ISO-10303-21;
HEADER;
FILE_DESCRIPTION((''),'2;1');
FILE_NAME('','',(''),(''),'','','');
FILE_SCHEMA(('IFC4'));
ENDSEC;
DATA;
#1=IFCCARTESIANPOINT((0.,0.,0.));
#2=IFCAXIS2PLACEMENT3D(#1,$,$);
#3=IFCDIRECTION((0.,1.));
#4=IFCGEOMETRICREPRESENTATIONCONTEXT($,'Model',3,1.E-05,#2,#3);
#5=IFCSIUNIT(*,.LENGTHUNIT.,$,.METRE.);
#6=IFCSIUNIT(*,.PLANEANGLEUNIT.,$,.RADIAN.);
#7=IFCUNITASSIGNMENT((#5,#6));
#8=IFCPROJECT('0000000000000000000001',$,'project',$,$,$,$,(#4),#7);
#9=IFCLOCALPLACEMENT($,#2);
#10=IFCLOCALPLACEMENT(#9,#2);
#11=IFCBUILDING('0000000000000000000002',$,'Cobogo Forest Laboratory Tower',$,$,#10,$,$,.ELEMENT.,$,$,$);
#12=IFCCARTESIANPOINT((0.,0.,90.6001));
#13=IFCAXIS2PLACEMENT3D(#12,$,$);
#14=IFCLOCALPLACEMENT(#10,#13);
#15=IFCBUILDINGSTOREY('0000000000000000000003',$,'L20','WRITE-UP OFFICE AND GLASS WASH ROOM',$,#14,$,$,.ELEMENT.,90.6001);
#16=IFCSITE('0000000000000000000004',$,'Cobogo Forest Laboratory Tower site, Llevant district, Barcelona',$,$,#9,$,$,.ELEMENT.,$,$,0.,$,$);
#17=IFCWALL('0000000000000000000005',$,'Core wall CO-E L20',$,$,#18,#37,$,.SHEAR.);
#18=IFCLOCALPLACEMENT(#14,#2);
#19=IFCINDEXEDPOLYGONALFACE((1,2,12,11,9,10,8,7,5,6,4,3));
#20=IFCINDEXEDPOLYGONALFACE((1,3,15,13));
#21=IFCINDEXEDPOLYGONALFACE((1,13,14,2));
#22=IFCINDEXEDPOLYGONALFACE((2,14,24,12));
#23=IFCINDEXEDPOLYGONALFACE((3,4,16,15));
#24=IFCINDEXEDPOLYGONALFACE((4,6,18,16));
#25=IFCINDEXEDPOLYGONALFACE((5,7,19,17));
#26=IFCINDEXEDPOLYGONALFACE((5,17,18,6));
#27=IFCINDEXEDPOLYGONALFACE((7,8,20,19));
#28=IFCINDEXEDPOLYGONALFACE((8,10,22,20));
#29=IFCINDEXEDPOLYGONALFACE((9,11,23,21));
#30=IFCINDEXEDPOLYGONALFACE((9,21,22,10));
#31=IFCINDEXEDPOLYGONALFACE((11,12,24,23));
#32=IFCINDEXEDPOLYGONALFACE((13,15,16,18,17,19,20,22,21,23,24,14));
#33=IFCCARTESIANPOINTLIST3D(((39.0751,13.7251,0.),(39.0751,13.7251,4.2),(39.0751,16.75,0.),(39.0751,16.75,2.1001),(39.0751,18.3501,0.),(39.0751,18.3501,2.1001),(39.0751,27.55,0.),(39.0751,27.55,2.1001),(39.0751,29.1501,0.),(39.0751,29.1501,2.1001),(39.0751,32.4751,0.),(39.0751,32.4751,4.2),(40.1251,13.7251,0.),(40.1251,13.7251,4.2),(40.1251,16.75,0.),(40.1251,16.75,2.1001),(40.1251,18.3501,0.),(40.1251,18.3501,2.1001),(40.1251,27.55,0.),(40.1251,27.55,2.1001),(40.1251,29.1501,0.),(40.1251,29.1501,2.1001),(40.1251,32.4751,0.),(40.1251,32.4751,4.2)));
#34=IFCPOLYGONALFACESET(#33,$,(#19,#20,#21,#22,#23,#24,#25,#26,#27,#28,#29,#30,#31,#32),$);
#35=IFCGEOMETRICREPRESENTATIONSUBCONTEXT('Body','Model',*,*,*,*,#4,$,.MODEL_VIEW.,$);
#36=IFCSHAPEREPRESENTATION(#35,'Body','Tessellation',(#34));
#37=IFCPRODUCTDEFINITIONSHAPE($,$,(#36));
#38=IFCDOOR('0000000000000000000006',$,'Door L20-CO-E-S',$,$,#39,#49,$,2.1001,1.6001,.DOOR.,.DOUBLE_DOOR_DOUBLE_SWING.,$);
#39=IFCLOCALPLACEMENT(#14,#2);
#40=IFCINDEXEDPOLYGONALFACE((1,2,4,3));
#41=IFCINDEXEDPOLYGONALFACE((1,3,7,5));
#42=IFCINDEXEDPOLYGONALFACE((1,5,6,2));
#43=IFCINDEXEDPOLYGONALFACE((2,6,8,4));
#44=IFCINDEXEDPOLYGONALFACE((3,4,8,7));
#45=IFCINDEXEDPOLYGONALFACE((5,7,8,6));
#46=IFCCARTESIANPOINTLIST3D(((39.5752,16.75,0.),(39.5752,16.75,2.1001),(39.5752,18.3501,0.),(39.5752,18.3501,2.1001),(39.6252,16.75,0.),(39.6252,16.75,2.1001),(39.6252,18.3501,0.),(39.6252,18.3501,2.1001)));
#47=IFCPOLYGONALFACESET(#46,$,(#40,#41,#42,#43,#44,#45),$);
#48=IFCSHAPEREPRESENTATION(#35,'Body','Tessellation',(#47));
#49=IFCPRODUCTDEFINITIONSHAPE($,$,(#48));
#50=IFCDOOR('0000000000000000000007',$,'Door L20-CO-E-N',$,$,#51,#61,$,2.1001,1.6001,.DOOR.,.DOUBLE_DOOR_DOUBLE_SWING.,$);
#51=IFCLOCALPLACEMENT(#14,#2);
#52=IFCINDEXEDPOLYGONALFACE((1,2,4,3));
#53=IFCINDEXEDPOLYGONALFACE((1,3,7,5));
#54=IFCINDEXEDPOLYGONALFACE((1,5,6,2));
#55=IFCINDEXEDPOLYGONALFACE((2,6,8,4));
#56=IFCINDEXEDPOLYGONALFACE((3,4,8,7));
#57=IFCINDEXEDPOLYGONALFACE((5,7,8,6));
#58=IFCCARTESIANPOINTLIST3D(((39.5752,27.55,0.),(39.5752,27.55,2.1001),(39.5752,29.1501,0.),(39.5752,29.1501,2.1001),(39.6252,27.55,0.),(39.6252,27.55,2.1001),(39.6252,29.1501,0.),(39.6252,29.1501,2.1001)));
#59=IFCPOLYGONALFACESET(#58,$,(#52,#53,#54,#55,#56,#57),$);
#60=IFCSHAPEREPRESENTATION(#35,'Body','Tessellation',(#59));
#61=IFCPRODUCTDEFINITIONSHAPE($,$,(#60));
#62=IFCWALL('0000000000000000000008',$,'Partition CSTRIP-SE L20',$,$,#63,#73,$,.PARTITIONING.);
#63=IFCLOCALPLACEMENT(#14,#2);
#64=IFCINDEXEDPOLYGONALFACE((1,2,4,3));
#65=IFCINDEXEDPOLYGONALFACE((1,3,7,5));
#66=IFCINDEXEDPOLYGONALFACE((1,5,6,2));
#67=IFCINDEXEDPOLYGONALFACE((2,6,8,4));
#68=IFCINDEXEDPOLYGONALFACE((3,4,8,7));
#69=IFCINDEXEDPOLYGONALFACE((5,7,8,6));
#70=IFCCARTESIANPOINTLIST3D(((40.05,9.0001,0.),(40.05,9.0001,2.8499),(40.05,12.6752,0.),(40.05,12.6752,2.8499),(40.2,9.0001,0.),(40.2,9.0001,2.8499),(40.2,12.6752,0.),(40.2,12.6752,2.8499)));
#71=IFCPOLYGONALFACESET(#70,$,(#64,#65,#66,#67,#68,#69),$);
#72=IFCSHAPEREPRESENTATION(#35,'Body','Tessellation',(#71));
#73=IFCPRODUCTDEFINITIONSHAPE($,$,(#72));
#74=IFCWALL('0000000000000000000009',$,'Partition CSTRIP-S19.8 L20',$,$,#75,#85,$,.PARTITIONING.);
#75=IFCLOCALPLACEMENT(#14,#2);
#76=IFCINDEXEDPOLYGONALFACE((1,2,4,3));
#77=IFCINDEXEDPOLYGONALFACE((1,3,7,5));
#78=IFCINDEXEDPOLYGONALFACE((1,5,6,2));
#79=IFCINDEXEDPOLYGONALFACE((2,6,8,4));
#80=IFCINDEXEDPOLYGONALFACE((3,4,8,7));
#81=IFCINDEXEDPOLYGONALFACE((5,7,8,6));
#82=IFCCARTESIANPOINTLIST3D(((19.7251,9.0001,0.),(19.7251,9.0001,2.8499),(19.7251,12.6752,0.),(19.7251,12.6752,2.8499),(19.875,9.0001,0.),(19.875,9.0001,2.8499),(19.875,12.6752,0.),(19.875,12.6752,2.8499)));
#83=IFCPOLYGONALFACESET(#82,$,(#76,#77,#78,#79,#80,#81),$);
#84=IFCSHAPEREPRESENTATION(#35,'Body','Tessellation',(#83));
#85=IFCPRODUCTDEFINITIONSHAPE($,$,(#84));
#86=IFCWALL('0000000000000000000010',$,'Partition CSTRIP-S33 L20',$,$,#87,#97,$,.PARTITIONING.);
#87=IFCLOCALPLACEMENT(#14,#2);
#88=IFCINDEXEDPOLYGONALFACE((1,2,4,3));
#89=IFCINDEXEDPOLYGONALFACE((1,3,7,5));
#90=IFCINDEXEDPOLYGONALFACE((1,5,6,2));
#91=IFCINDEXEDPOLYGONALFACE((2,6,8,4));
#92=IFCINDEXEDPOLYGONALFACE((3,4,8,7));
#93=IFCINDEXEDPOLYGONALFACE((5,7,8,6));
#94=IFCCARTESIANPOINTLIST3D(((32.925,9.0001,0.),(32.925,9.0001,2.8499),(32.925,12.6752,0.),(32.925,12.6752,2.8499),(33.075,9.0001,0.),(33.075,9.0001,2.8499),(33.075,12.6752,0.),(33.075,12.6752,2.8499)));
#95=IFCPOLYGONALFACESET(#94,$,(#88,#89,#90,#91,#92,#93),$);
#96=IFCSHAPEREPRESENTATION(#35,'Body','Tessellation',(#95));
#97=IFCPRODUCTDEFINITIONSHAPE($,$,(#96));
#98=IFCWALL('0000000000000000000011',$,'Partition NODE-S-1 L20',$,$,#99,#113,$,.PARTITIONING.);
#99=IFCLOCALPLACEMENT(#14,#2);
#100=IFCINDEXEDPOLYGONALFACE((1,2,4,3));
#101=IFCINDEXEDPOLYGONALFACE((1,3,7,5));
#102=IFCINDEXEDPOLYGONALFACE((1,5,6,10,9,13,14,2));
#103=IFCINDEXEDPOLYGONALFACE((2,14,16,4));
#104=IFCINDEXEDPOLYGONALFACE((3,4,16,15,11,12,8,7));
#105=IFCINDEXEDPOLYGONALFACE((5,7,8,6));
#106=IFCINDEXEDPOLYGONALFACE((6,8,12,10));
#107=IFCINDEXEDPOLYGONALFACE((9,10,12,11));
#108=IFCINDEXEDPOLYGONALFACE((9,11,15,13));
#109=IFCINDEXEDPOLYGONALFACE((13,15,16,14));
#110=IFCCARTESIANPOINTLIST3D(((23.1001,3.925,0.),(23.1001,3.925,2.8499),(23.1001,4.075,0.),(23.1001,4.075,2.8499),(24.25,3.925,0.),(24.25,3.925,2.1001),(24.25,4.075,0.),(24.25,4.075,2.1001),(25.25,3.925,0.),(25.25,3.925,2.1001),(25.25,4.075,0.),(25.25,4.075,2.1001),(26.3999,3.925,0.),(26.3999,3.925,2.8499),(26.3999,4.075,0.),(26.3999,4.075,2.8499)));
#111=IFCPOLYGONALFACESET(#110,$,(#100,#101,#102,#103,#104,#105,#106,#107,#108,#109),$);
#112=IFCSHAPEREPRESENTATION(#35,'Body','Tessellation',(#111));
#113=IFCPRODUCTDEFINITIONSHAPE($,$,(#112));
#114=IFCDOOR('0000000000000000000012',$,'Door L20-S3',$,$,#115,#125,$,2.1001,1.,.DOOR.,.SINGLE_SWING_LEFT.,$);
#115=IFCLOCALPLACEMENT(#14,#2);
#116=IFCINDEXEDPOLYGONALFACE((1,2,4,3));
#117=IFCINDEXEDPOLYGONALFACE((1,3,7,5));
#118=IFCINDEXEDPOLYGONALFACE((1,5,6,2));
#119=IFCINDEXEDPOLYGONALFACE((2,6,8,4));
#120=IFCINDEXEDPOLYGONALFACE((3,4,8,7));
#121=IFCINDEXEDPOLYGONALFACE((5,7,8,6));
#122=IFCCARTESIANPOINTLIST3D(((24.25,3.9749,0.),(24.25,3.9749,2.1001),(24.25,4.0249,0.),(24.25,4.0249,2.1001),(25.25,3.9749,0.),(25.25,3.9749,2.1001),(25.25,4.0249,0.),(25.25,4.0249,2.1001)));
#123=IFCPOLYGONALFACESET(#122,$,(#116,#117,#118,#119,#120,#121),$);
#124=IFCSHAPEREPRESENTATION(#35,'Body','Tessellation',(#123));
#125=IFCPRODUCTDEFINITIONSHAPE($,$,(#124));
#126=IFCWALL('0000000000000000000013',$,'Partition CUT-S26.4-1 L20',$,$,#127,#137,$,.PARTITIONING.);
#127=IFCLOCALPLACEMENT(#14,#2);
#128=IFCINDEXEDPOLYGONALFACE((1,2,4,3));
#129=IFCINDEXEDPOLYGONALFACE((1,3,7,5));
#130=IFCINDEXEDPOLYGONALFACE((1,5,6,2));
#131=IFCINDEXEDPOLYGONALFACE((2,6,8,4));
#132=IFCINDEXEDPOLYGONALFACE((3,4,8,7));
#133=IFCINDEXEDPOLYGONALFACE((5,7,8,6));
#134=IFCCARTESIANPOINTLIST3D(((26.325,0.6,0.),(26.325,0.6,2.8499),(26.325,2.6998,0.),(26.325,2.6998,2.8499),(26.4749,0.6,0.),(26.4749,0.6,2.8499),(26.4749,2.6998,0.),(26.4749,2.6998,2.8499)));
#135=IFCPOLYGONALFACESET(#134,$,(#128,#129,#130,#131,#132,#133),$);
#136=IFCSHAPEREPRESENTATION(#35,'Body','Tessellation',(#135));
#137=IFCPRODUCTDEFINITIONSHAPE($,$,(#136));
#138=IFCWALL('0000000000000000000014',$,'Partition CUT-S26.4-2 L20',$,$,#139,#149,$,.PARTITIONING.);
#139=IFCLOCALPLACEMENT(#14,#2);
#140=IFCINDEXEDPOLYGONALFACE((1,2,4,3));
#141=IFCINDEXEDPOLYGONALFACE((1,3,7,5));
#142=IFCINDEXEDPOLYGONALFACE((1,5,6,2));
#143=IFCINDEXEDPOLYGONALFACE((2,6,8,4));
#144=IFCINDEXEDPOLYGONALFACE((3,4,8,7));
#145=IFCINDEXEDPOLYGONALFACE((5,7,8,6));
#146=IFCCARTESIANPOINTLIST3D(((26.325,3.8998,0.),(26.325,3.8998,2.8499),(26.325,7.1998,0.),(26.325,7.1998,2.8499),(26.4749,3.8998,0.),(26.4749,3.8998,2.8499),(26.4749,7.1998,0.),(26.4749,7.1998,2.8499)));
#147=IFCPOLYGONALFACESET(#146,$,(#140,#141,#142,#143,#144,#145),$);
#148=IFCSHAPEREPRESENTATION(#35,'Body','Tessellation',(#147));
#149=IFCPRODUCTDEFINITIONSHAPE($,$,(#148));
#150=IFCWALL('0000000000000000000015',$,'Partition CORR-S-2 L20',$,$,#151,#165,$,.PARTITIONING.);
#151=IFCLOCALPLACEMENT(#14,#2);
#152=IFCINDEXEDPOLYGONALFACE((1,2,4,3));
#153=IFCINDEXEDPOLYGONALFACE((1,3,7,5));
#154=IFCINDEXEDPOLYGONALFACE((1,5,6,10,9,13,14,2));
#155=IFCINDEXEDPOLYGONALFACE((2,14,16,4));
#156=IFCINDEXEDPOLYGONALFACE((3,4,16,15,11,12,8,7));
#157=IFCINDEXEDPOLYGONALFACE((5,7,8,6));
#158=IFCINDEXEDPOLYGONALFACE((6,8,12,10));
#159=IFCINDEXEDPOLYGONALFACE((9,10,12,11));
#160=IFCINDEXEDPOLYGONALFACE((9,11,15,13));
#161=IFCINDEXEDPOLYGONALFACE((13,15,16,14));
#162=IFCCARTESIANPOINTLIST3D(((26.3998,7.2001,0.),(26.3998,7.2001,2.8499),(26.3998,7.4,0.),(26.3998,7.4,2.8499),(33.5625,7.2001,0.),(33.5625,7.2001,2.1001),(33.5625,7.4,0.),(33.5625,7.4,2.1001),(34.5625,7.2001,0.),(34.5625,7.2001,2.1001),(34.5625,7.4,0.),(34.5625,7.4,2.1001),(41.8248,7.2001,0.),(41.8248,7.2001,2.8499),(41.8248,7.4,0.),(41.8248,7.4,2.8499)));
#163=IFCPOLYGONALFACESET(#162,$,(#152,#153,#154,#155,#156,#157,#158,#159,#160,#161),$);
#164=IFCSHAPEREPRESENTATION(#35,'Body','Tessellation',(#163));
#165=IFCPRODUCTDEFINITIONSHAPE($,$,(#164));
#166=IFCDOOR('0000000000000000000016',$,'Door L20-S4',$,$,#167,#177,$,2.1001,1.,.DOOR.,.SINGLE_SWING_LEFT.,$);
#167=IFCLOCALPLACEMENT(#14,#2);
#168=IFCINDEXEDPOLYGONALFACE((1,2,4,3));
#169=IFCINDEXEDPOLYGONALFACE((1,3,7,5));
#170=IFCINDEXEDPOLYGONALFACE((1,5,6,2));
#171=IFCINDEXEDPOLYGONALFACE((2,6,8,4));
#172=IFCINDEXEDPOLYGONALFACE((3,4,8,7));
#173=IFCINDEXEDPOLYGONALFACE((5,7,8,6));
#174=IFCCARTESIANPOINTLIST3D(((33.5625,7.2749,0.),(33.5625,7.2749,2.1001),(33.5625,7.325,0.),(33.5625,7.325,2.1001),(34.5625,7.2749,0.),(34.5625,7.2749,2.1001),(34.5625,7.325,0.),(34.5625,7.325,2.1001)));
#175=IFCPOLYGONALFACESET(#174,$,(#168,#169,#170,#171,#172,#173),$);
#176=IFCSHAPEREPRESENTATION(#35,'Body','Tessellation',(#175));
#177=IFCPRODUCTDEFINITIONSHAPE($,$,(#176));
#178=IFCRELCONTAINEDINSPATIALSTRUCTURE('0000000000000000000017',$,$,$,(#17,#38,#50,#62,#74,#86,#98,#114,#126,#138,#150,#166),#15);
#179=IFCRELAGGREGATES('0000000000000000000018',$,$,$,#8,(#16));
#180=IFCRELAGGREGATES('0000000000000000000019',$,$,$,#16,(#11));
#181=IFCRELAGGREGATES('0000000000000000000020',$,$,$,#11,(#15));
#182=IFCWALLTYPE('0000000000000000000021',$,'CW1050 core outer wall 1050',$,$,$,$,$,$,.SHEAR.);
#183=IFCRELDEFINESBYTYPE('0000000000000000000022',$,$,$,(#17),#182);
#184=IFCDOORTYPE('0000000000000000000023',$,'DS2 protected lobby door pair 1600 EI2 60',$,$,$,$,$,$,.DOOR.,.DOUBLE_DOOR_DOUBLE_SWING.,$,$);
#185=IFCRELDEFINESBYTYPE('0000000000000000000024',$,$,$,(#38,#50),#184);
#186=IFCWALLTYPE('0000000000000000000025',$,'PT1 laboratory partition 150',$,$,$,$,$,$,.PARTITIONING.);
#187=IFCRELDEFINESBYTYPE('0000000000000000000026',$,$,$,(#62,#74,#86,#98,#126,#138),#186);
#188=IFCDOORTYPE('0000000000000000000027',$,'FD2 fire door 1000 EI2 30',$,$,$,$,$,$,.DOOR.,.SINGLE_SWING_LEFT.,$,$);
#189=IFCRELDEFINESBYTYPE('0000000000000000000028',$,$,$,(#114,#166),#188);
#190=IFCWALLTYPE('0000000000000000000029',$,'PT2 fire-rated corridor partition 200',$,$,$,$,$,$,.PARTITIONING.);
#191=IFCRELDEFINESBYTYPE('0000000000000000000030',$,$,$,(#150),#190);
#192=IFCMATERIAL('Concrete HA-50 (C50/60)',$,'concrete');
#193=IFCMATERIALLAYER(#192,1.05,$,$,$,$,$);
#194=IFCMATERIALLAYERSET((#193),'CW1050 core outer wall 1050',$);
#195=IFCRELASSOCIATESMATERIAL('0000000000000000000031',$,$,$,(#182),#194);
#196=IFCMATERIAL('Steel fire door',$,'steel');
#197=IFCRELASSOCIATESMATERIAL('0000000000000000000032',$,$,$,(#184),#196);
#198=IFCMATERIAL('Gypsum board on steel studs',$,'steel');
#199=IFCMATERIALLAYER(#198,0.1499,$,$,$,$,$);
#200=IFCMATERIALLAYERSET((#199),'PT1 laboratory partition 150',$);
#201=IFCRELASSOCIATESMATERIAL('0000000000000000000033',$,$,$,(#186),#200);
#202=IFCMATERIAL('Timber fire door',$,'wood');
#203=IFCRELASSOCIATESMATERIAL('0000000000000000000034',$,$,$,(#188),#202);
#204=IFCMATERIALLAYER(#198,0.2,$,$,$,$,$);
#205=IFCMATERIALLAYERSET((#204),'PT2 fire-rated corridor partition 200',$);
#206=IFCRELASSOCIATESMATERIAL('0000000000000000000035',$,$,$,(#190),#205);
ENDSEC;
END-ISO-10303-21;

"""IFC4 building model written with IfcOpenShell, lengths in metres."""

from ifc_helpers import new_model, si_unit, direction, frame, frame_2d, origin, place, context, subcontext, project, spatial, rectangle, extrude, material, layer, layer_set, type_object, element, fill, save


model = new_model("IFC4")

# Units and contexts
model_context = context("Model", 3, precision=1e-05, world=origin(), true_north=direction((0.0, 1.0)))
body_context = subcontext(model_context, "Body", "Model", "MODEL_VIEW")
ifc_project = project(units=[si_unit("LENGTHUNIT", "METRE"), si_unit("PLANEANGLEUNIT", "RADIAN")], contexts=[model_context])

# Site, building, storey
site_placement = place(None, origin())
site = spatial("IfcSite", under=ifc_project, at=site_placement, Name="Cobogo Forest Laboratory Tower site, Llevant district, Barcelona", CompositionType="ELEMENT", RefElevation=0.0)
building_placement = place(site_placement, origin())
building = spatial("IfcBuilding", under=site, at=building_placement, Name="Cobogo Forest Laboratory Tower", CompositionType="ELEMENT")
storey_placement = place(building_placement, frame((0.0, 0.0, 90.6001)))
storey = spatial("IfcBuildingStorey", under=building, at=storey_placement, Name="L20", Description="WRITE-UP OFFICE AND GLASS WASH ROOM", CompositionType="ELEMENT", Elevation=90.6001)

# Shared definitions
ifc_material_1 = material(Name="Concrete HA-50 (C50/60)", Category="concrete")

# Wall, openings, doors
ifc_layer_1 = layer(ifc_material_1, 1.05)
ifc_layer_set_1 = layer_set([ifc_layer_1], Name="CW1050 core outer wall 1050")
wall_type_1 = type_object("IfcWallType", Name="CW1050 core outer wall 1050", PredefinedType="SHEAR", material=ifc_layer_set_1)
wall_1_placement = place(storey_placement, frame((39.6001, 13.7251, 0.0), z_axis=(0.0, 0.0, 1.0), x_axis=(0.0, 1.0, 0.0)))
wall_1 = element("IfcWall", 1, at=wall_1_placement, inside=storey, type_object=wall_type_1, Name="Core wall CO-E L20", PredefinedType="SHEAR", context=body_context, shape_type="SweptSolid", body=[
    extrude(rectangle(XDim=18.75, YDim=1.05, at=frame_2d((9.375, 0.0))), origin(), (0.0, 0.0, 1.0), 4.2),
])
opening_1_placement = place(wall_1_placement, frame((3.0249, 0.0, 0.0)))
opening_1 = element("IfcOpeningElement", 2, at=opening_1_placement, cuts=wall_1, PredefinedType="OPENING", context=body_context, shape_type="SweptSolid", body=[
    extrude(rectangle(XDim=1.6001, YDim=2.1001, at=frame_2d((0.8, 1.05))), frame((0.0, 0.5349, 0.0), z_axis=(0.0, -1.0, 0.0), x_axis=(1.0, 0.0, 0.0)), (0.0, 0.0, 1.0), 1.0701),
])
opening_2_placement = place(wall_1_placement, frame((13.825, 0.0, 0.0)))
opening_2 = element("IfcOpeningElement", 3, at=opening_2_placement, cuts=wall_1, PredefinedType="OPENING", context=body_context, shape_type="SweptSolid", body=[
    extrude(rectangle(XDim=1.6001, YDim=2.1001, at=frame_2d((0.8, 1.05))), frame((0.0, 0.5349, 0.0), z_axis=(0.0, -1.0, 0.0), x_axis=(1.0, 0.0, 0.0)), (0.0, 0.0, 1.0), 1.0701),
])
ifc_material_2 = material(Name="Steel fire door", Category="steel")
door_type_1 = type_object("IfcDoorType", Name="DS2 protected lobby door pair 1600 EI2 60", OperationType="DOUBLE_DOOR_DOUBLE_SWING", PredefinedType="DOOR", material=ifc_material_2)
door_1_placement = place(opening_1_placement, origin())
door_1 = element("IfcDoor", 4, at=door_1_placement, inside=storey, type_object=door_type_1, Name="Door L20-CO-E-S", OperationType="DOUBLE_DOOR_DOUBLE_SWING", OverallHeight=2.1001, OverallWidth=1.6001, PredefinedType="DOOR", context=body_context, shape_type="SweptSolid", body=[
    extrude(rectangle(XDim=1.6001, YDim=2.1001, at=frame_2d((0.8, 1.05))), frame((0.0, 0.0249, 0.0), z_axis=(0.0, -1.0, 0.0), x_axis=(1.0, 0.0, 0.0)), (0.0, 0.0, 1.0), 0.05),
])
fill(opening_1, door_1)
door_2_placement = place(opening_2_placement, origin())
door_2 = element("IfcDoor", 5, at=door_2_placement, inside=storey, type_object=door_type_1, Name="Door L20-CO-E-N", OperationType="DOUBLE_DOOR_DOUBLE_SWING", OverallHeight=2.1001, OverallWidth=1.6001, PredefinedType="DOOR", context=body_context, shape_type="SweptSolid", body=[
    extrude(rectangle(XDim=1.6001, YDim=2.1001, at=frame_2d((0.8, 1.05))), frame((0.0, 0.0249, 0.0), z_axis=(0.0, -1.0, 0.0), x_axis=(1.0, 0.0, 0.0)), (0.0, 0.0, 1.0), 0.05),
])
fill(opening_2, door_2)

# Walls
ifc_material_3 = material(Name="Gypsum board on steel studs", Category="steel")
ifc_layer_2 = layer(ifc_material_3, 0.1499)
ifc_layer_set_2 = layer_set([ifc_layer_2], Name="PT1 laboratory partition 150")
wall_type_2 = type_object("IfcWallType", Name="PT1 laboratory partition 150", PredefinedType="PARTITIONING", material=ifc_layer_set_2)
for number, where, z_axis, x_axis, name in (
    (6, (40.125, 12.675, 0.0), (0.0, 0.0, 1.0), (0.0, -1.0, 0.0), "Partition CSTRIP-SE L20"),
    (7, (19.8, 12.675, 0.0), (0.0, 0.0, 1.0), (0.0, -1.0, 0.0), "Partition CSTRIP-S19.8 L20"),
    (8, (33.0, 12.675, 0.0), (0.0, 0.0, 1.0), (0.0, -1.0, 0.0), "Partition CSTRIP-S33 L20"),
):
    element("IfcWall", number, at=place(storey_placement, frame(where, z_axis=z_axis, x_axis=x_axis)), inside=storey, type_object=wall_type_2, Name=name, PredefinedType="PARTITIONING", context=body_context, shape_type="SweptSolid", body=[
        extrude(rectangle(XDim=3.675, YDim=0.1499, at=frame_2d((1.8374, 0.0))), origin(), (0.0, 0.0, 1.0), 2.8499),
    ])

# Wall, opening, door
wall_2_placement = place(storey_placement, frame((23.1001, 4.0, 0.0), z_axis=(0.0, 0.0, 1.0), x_axis=(1.0, 0.0, 0.0)))
wall_2 = element("IfcWall", 9, at=wall_2_placement, inside=storey, type_object=wall_type_2, Name="Partition NODE-S-1 L20", PredefinedType="PARTITIONING", context=body_context, shape_type="SweptSolid", body=[
    extrude(rectangle(XDim=3.2998, YDim=0.1499, at=frame_2d((1.6499, 0.0))), origin(), (0.0, 0.0, 1.0), 2.8499),
])
opening_3_placement = place(wall_2_placement, frame((1.1499, 0.0, 0.0)))
opening_3 = element("IfcOpeningElement", 10, at=opening_3_placement, cuts=wall_2, PredefinedType="OPENING", context=body_context, shape_type="SweptSolid", body=[
    extrude(rectangle(XDim=1.0, YDim=2.1001, at=frame_2d((0.5, 1.05))), frame((0.0, 0.085, 0.0), z_axis=(0.0, -1.0, 0.0), x_axis=(1.0, 0.0, 0.0)), (0.0, 0.0, 1.0), 0.1699),
])
ifc_material_4 = material(Name="Timber fire door", Category="wood")
door_type_2 = type_object("IfcDoorType", Name="FD2 fire door 1000 EI2 30", OperationType="SINGLE_SWING_LEFT", PredefinedType="DOOR", material=ifc_material_4)
door_3_placement = place(opening_3_placement, origin())
door_3 = element("IfcDoor", 11, at=door_3_placement, inside=storey, type_object=door_type_2, Name="Door L20-S3", OperationType="SINGLE_SWING_LEFT", OverallHeight=2.1001, OverallWidth=1.0, PredefinedType="DOOR", context=body_context, shape_type="SweptSolid", body=[
    extrude(rectangle(XDim=1.0, YDim=2.1001, at=frame_2d((0.5, 1.05))), frame((0.0, 0.0249, 0.0), z_axis=(0.0, -1.0, 0.0), x_axis=(1.0, 0.0, 0.0)), (0.0, 0.0, 1.0), 0.05),
])
fill(opening_3, door_3)

# Walls
wall_3_placement = place(storey_placement, frame((26.3999, 0.6001, 0.0), z_axis=(0.0, 0.0, 1.0), x_axis=(0.0, 1.0, 0.0)))
element("IfcWall", 12, at=wall_3_placement, inside=storey, type_object=wall_type_2, Name="Partition CUT-S26.4-1 L20", PredefinedType="PARTITIONING", context=body_context, shape_type="SweptSolid", body=[
    extrude(rectangle(XDim=2.0999, YDim=0.1499, at=frame_2d((1.0498, 0.0))), origin(), (0.0, 0.0, 1.0), 2.8499),
])
wall_4_placement = place(storey_placement, frame((26.3999, 3.8999, 0.0), z_axis=(0.0, 0.0, 1.0), x_axis=(0.0, 1.0, 0.0)))
element("IfcWall", 13, at=wall_4_placement, inside=storey, type_object=wall_type_2, Name="Partition CUT-S26.4-2 L20", PredefinedType="PARTITIONING", context=body_context, shape_type="SweptSolid", body=[
    extrude(rectangle(XDim=3.3, YDim=0.1499, at=frame_2d((1.6499, 0.0))), origin(), (0.0, 0.0, 1.0), 2.8499),
])

# Wall, opening, door
ifc_layer_3 = layer(ifc_material_3, 0.2)
ifc_layer_set_3 = layer_set([ifc_layer_3], Name="PT2 fire-rated corridor partition 200")
wall_type_3 = type_object("IfcWallType", Name="PT2 fire-rated corridor partition 200", PredefinedType="PARTITIONING", material=ifc_layer_set_3)
wall_5_placement = place(storey_placement, frame((26.3999, 7.3, 0.0), z_axis=(0.0, 0.0, 1.0), x_axis=(1.0, 0.0, 0.0)))
wall_5 = element("IfcWall", 14, at=wall_5_placement, inside=storey, type_object=wall_type_3, Name="Partition CORR-S-2 L20", PredefinedType="PARTITIONING", context=body_context, shape_type="SweptSolid", body=[
    extrude(rectangle(XDim=15.425, YDim=0.2, at=frame_2d((7.7124, 0.0))), origin(), (0.0, 0.0, 1.0), 2.8499),
])
opening_4_placement = place(wall_5_placement, frame((7.1626, 0.0, 0.0)))
opening_4 = element("IfcOpeningElement", 15, at=opening_4_placement, cuts=wall_5, PredefinedType="OPENING", context=body_context, shape_type="SweptSolid", body=[
    extrude(rectangle(XDim=1.0, YDim=2.1001, at=frame_2d((0.5, 1.05))), frame((0.0, 0.1099, 0.0), z_axis=(0.0, -1.0, 0.0), x_axis=(1.0, 0.0, 0.0)), (0.0, 0.0, 1.0), 0.22),
])
door_4_placement = place(opening_4_placement, origin())
door_4 = element("IfcDoor", 16, at=door_4_placement, inside=storey, type_object=door_type_2, Name="Door L20-S4", OperationType="SINGLE_SWING_LEFT", OverallHeight=2.1001, OverallWidth=1.0, PredefinedType="DOOR", context=body_context, shape_type="SweptSolid", body=[
    extrude(rectangle(XDim=1.0, YDim=2.1001, at=frame_2d((0.5, 1.05))), frame((0.0, 0.0249, 0.0), z_axis=(0.0, -1.0, 0.0), x_axis=(1.0, 0.0, 0.0)), (0.0, 0.0, 1.0), 0.05),
])
fill(opening_4, door_4)

save(model, "model.ifc")
